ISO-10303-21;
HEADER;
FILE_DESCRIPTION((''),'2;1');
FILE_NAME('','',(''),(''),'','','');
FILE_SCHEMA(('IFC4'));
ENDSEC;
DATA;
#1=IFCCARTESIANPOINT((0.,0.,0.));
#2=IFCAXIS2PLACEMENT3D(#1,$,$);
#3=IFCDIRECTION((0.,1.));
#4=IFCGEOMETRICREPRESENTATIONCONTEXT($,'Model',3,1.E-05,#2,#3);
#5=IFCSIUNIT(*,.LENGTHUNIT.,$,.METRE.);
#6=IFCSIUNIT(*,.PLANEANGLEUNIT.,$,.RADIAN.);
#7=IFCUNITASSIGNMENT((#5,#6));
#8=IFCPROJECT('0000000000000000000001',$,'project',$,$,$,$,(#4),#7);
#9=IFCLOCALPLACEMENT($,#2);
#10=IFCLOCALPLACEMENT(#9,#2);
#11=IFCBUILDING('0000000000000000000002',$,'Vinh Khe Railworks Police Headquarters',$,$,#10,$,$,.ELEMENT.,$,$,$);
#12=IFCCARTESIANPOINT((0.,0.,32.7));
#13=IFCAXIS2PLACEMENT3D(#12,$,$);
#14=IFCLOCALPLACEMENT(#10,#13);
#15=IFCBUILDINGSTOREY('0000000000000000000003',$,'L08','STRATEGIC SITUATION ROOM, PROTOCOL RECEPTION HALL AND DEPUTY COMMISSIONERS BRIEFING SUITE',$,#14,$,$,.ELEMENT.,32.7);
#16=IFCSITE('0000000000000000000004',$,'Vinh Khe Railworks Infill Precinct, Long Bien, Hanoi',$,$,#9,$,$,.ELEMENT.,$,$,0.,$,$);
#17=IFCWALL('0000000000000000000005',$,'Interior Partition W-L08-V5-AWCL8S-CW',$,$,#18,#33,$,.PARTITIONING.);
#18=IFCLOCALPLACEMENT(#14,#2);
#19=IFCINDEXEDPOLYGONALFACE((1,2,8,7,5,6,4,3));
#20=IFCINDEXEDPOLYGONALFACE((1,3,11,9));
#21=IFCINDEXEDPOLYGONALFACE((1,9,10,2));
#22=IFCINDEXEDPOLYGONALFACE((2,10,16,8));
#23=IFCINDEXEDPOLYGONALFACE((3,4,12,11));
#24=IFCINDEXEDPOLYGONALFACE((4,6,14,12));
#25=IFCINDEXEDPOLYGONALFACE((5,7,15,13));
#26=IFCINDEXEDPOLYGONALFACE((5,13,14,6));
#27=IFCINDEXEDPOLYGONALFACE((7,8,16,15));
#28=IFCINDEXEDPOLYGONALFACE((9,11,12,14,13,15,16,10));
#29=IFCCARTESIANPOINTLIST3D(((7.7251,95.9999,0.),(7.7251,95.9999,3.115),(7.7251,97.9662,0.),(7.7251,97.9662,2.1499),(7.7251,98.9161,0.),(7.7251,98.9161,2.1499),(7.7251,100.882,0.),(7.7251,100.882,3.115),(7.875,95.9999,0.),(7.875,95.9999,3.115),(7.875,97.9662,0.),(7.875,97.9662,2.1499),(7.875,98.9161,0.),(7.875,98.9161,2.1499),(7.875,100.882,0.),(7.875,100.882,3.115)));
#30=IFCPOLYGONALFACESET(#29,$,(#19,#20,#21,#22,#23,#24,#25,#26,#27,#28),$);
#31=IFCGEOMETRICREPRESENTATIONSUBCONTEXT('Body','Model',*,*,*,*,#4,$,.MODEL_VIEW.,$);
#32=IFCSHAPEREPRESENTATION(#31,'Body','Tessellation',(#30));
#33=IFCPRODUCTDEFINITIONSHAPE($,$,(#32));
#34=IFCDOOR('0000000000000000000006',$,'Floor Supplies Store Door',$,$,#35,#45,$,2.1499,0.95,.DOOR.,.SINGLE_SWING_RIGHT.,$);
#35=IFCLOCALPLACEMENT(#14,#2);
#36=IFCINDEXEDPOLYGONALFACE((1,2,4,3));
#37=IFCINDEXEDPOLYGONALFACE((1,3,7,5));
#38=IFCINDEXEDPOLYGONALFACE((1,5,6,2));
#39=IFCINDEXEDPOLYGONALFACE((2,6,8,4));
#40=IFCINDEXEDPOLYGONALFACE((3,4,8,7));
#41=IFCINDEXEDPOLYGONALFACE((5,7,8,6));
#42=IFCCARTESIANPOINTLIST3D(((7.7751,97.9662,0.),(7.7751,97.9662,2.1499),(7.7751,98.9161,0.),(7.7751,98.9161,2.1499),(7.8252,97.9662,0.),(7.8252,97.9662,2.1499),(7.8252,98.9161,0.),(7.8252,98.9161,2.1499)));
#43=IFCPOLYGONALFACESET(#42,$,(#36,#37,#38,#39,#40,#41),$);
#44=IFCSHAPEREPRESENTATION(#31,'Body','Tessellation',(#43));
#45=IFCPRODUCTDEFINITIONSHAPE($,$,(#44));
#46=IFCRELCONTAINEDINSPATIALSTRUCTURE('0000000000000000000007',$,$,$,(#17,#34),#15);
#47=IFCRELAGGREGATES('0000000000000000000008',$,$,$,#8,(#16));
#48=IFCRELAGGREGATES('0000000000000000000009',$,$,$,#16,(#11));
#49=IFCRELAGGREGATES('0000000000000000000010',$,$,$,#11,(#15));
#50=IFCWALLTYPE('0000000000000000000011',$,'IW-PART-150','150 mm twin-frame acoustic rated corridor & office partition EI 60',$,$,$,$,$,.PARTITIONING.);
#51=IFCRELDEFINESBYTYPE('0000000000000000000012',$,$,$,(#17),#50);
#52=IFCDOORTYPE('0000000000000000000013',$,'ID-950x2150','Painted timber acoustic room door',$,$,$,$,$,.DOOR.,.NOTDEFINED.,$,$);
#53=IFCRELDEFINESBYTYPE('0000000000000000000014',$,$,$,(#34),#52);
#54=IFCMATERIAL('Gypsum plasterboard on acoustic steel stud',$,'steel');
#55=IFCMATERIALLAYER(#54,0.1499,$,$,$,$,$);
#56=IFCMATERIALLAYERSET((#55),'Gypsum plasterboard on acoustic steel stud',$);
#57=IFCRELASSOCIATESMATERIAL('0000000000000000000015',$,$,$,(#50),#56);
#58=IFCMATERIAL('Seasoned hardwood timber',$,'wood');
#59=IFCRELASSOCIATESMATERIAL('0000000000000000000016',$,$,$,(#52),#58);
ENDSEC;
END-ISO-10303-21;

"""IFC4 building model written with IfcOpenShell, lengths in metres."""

from ifc_helpers import new_model, si_unit, direction, frame, frame_2d, origin, place, context, subcontext, project, spatial, rectangle, extrude, material, layer, layer_set, type_object, element, fill, save


model = new_model("IFC4")

# Units and contexts
model_context = context("Model", 3, precision=1e-05, world=origin(), true_north=direction((0.0, 1.0)))
body_context = subcontext(model_context, "Body", "Model", "MODEL_VIEW")
ifc_project = project(units=[si_unit("LENGTHUNIT", "METRE"), si_unit("PLANEANGLEUNIT", "RADIAN")], contexts=[model_context])

# Site, building, storey
site_placement = place(None, origin())
site = spatial("IfcSite", under=ifc_project, at=site_placement, Name="Vinh Khe Railworks Infill Precinct, Long Bien, Hanoi", CompositionType="ELEMENT", RefElevation=0.0)
building_placement = place(site_placement, origin())
building = spatial("IfcBuilding", under=site, at=building_placement, Name="Vinh Khe Railworks Police Headquarters", CompositionType="ELEMENT")
storey_placement = place(building_placement, frame((0.0, 0.0, 32.7)))
storey = spatial("IfcBuildingStorey", under=building, at=storey_placement, Name="L08", Description="STRATEGIC SITUATION ROOM, PROTOCOL RECEPTION HALL AND DEPUTY COMMISSIONERS BRIEFING SUITE", CompositionType="ELEMENT", Elevation=32.7)

# Wall, opening, door
ifc_material_1 = material(Name="Gypsum plasterboard on acoustic steel stud", Category="steel")
ifc_layer_1 = layer(ifc_material_1, 0.1499)
ifc_layer_set_1 = layer_set([ifc_layer_1], Name="Gypsum plasterboard on acoustic steel stud")
wall_type_1 = type_object("IfcWallType", Name="IW-PART-150", Description="150 mm twin-frame acoustic rated corridor & office partition EI 60", PredefinedType="PARTITIONING", material=ifc_layer_set_1)
ifc_material_2 = material(Name="Seasoned hardwood timber", Category="wood")
wall_1_placement = place(storey_placement, frame((7.8, 96.0, 0.0), z_axis=(0.0, 0.0, 1.0), x_axis=(0.0, 1.0, 0.0)))
wall_1 = element("IfcWall", 1, at=wall_1_placement, inside=storey, type_object=wall_type_1, Name="Interior Partition W-L08-V5-AWCL8S-CW", PredefinedType="PARTITIONING", context=body_context, shape_type="SweptSolid", body=[
    extrude(rectangle(XDim=4.8821, YDim=0.1499, at=frame_2d((2.4409, 0.0))), origin(), (0.0, 0.0, 1.0), 3.115),
])
opening_1_placement = place(wall_1_placement, frame((1.9661, 0.0, 0.0)))
opening_1 = element("IfcOpeningElement", 2, at=opening_1_placement, cuts=wall_1, PredefinedType="OPENING", context=body_context, shape_type="SweptSolid", body=[
    extrude(rectangle(XDim=0.95, YDim=2.1499, at=frame_2d((0.4751, 1.075))), frame((0.0, 0.0898, 0.0), z_axis=(0.0, -1.0, 0.0), x_axis=(1.0, 0.0, 0.0)), (0.0, 0.0, 1.0), 0.1797),
])
door_type_1 = type_object("IfcDoorType", Name="ID-950x2150", Description="Painted timber acoustic room door", OperationType="NOTDEFINED", PredefinedType="DOOR", material=ifc_material_2)
door_1_placement = place(opening_1_placement, origin())
door_1 = element("IfcDoor", 3, at=door_1_placement, inside=storey, type_object=door_type_1, Name="Floor Supplies Store Door", OperationType="SINGLE_SWING_RIGHT", OverallHeight=2.1499, OverallWidth=0.95, PredefinedType="DOOR", context=body_context, shape_type="SweptSolid", body=[
    extrude(rectangle(XDim=0.95, YDim=2.1499, at=frame_2d((0.4751, 1.075))), frame((0.0, 0.0249, 0.0), z_axis=(0.0, -1.0, 0.0), x_axis=(1.0, 0.0, 0.0)), (0.0, 0.0, 1.0), 0.05),
])
fill(opening_1, door_1)

save(model, "model.ifc")
